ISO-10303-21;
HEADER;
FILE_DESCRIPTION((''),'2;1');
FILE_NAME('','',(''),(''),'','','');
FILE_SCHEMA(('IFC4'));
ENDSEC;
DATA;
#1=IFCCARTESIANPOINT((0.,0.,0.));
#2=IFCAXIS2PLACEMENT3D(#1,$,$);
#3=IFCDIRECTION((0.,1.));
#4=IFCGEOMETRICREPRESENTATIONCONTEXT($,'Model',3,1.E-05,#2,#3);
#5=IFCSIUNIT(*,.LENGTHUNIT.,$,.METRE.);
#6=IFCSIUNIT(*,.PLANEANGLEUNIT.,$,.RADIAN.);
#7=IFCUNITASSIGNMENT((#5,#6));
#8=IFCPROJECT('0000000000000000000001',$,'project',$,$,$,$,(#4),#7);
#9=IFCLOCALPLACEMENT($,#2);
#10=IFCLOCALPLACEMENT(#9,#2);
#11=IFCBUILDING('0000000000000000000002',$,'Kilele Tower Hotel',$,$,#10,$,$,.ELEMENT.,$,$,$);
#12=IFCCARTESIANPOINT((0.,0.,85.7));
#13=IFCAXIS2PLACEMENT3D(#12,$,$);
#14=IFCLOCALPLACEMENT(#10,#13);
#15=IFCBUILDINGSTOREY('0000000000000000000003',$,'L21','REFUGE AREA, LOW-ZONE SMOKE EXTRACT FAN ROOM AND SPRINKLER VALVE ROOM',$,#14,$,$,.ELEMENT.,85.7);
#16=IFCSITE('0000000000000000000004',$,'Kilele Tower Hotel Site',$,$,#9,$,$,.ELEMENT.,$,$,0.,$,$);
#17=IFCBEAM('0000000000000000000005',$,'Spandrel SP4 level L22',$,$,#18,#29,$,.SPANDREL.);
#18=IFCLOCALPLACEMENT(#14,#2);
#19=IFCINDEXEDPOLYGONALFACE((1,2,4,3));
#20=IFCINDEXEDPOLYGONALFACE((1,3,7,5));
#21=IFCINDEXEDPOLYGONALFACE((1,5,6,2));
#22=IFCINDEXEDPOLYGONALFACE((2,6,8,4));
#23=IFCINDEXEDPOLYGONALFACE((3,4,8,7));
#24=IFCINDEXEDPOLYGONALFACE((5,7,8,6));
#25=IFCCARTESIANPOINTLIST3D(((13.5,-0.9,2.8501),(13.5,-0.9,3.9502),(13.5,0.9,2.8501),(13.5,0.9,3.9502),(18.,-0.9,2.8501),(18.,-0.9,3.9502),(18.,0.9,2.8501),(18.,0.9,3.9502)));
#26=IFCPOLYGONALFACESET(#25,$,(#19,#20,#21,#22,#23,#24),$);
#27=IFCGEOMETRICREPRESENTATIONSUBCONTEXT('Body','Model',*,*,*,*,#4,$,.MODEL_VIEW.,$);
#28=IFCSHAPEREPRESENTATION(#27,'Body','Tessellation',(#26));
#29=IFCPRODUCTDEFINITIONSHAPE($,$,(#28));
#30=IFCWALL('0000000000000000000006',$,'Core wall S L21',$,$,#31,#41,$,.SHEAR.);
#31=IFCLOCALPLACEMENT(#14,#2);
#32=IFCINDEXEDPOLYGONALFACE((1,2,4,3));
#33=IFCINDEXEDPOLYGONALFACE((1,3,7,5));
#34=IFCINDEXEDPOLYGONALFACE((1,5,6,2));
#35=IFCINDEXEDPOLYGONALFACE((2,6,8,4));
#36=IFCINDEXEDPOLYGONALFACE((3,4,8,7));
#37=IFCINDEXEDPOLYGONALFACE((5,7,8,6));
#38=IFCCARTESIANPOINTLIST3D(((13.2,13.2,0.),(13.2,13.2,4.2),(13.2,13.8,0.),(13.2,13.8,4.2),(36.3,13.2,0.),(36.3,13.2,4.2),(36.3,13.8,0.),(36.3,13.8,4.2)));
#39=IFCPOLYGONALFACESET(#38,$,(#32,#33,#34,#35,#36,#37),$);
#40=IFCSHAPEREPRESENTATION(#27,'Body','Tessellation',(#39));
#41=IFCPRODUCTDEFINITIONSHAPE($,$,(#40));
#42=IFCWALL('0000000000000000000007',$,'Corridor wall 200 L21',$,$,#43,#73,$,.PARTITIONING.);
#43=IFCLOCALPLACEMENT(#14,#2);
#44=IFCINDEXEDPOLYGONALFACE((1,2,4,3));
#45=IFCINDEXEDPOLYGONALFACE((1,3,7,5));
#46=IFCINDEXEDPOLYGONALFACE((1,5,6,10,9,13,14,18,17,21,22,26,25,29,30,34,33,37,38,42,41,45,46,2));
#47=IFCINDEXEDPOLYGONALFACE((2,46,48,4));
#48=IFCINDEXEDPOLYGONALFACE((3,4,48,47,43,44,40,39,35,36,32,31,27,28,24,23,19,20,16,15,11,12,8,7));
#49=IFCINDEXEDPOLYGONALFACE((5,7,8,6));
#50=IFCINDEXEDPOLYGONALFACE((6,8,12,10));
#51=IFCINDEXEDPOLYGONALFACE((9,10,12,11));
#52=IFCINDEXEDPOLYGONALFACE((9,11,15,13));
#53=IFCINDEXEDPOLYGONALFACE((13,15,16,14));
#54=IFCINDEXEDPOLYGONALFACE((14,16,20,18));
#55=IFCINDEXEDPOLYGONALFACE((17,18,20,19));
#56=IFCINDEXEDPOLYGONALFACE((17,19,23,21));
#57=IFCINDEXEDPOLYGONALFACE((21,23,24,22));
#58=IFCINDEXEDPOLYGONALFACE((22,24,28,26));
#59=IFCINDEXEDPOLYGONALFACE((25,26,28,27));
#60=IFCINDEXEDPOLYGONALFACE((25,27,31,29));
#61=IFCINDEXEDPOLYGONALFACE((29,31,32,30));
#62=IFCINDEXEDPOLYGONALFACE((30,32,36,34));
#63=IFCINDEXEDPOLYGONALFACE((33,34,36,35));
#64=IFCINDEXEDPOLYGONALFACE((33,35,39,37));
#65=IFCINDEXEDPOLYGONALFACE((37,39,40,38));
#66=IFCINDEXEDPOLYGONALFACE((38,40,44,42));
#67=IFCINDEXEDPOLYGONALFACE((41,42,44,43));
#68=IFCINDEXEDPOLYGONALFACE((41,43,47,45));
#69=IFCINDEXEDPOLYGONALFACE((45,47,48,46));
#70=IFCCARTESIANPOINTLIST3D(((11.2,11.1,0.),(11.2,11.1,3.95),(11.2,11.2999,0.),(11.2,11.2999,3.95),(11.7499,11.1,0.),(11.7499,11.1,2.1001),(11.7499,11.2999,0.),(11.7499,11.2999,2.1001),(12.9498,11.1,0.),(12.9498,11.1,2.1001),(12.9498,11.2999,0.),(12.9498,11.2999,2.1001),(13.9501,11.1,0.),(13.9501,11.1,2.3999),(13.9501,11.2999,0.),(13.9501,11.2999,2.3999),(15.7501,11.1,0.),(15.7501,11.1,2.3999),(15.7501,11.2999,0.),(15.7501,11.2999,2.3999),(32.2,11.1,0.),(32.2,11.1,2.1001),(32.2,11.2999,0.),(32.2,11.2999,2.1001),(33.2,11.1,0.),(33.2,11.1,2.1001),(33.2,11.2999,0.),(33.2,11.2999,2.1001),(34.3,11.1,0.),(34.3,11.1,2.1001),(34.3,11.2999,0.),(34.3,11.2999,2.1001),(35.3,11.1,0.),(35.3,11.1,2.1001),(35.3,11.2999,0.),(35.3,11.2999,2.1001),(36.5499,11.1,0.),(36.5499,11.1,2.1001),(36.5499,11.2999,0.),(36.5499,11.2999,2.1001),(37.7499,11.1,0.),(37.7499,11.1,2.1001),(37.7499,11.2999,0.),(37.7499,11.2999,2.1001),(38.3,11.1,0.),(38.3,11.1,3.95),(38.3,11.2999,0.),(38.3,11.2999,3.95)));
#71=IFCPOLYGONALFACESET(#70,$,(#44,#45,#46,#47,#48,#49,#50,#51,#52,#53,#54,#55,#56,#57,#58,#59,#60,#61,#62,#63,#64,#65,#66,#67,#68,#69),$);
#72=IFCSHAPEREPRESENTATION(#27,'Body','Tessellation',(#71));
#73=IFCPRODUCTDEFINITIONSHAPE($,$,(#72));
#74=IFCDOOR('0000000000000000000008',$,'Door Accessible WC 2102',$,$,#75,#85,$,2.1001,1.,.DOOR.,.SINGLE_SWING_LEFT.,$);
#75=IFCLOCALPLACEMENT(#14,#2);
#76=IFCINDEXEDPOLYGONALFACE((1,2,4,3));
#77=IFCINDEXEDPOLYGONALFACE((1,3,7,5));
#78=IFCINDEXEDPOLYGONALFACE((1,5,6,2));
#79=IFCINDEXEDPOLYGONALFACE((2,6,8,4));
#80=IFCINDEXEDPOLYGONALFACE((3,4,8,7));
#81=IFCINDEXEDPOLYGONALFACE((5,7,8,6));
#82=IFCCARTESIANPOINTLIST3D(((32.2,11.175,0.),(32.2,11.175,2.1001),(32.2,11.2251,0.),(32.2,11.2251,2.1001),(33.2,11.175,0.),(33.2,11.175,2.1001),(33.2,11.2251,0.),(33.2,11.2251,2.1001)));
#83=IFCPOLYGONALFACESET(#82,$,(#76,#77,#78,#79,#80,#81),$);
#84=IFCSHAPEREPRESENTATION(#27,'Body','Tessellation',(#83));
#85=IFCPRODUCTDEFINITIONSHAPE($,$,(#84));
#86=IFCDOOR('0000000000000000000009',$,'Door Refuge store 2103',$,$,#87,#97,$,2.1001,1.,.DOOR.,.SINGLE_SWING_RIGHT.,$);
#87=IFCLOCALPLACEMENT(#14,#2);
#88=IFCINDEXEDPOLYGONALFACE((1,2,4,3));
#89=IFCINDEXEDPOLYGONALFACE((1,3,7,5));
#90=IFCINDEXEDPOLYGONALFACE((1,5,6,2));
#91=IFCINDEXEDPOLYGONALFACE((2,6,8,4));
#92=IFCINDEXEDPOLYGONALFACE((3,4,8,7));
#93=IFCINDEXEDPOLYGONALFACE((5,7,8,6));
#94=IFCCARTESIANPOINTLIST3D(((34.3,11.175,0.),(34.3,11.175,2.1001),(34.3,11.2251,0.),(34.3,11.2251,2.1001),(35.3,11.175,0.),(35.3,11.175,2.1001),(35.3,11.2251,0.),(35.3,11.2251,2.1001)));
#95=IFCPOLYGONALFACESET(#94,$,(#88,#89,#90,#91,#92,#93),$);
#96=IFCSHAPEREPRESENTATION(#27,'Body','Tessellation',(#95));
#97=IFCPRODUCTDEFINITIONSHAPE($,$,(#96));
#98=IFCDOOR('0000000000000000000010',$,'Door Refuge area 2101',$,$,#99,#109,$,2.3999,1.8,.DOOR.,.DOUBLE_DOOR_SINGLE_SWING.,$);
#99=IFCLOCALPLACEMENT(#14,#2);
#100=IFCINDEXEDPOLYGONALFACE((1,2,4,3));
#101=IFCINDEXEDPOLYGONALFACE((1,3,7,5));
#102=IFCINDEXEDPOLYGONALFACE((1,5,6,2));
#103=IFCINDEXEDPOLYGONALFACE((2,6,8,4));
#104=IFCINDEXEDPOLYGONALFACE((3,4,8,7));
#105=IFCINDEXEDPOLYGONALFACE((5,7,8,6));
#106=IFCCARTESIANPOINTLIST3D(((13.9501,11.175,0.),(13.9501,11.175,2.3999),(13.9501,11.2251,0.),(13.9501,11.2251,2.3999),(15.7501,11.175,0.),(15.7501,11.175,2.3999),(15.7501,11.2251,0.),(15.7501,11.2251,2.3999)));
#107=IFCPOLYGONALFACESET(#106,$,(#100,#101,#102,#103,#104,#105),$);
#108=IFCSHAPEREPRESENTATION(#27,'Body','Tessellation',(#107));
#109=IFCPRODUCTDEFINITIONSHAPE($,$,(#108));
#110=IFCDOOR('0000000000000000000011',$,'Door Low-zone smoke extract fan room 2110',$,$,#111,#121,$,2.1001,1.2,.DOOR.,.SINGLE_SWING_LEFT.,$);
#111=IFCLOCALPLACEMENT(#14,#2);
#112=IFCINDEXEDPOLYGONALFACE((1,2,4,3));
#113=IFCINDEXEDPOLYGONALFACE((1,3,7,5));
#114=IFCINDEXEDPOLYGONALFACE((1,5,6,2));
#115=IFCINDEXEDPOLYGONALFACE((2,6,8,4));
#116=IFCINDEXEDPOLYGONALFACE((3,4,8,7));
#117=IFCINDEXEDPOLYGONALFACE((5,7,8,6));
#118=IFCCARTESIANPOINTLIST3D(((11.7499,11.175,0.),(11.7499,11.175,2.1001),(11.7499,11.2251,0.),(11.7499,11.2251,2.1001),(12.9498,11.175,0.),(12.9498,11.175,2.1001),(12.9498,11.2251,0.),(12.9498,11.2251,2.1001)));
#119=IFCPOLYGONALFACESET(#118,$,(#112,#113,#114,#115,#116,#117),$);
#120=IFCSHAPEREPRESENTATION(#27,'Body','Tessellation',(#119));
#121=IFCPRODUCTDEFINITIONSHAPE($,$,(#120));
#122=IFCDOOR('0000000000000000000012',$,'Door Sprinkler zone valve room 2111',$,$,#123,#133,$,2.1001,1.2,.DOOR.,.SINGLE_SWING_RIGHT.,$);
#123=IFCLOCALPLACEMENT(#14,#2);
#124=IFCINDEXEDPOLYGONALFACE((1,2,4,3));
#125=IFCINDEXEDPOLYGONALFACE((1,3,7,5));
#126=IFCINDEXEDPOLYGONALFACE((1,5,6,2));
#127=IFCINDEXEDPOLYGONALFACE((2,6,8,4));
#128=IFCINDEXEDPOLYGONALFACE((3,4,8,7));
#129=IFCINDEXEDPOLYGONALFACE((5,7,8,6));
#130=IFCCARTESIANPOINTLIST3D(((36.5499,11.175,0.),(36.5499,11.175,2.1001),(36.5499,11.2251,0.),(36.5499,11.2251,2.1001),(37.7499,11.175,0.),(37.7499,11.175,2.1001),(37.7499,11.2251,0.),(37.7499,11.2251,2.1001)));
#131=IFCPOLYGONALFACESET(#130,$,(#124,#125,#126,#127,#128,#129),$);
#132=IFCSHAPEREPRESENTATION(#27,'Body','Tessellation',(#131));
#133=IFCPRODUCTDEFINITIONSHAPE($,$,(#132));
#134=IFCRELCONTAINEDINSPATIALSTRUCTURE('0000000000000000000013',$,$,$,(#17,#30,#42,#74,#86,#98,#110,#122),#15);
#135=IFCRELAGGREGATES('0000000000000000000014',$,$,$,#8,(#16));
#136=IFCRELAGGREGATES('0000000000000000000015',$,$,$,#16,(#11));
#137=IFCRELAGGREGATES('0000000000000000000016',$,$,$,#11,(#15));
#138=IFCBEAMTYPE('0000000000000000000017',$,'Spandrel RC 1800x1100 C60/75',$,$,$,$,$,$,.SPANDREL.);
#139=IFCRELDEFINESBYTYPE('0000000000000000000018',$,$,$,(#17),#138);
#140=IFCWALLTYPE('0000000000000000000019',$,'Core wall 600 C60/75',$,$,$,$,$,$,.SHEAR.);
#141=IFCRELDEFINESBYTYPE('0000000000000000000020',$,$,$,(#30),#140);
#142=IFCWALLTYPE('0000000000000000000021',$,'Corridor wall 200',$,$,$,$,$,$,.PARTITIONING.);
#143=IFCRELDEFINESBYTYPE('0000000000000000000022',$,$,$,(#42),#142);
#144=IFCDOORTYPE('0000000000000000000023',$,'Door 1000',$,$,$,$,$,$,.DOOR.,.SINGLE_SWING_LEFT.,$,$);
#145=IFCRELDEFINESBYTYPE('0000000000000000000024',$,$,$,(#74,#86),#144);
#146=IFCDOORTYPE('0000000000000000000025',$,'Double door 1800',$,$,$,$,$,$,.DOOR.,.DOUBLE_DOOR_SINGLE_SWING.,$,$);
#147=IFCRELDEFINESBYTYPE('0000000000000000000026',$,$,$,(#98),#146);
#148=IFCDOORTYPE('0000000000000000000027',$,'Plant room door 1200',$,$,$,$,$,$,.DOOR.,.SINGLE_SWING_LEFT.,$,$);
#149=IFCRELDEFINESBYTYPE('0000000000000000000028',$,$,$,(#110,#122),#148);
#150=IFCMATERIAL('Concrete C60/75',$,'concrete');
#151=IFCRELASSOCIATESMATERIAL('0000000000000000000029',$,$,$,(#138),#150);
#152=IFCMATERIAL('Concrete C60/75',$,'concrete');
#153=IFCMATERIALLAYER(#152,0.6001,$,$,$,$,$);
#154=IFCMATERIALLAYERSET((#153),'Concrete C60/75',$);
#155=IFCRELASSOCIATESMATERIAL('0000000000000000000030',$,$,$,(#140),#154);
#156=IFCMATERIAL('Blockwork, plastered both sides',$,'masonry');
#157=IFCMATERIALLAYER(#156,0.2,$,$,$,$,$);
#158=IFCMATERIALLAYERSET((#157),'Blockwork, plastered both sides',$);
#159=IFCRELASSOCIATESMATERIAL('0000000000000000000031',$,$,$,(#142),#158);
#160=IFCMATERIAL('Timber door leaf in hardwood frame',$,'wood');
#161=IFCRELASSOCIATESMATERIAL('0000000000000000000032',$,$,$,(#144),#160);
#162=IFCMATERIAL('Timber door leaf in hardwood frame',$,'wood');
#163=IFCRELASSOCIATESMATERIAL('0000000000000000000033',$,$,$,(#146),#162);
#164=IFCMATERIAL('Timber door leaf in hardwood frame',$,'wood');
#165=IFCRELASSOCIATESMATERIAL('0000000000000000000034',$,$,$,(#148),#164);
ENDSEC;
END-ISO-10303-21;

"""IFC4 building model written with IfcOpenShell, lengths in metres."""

from ifc_helpers import new_model, si_unit, direction, frame, frame_2d, origin, origin_2d, place, context, subcontext, project, spatial, rectangle, extrude, material, layer, layer_set, material_profile, profile_set, type_object, element, fill, save


model = new_model("IFC4")

# Units and contexts
model_context = context("Model", 3, precision=1e-05, world=origin(), true_north=direction((0.0, 1.0)))
body_context = subcontext(model_context, "Body", "Model", "MODEL_VIEW")
ifc_project = project(units=[si_unit("LENGTHUNIT", "METRE"), si_unit("PLANEANGLEUNIT", "RADIAN")], contexts=[model_context])

# Site, building, storey
site_placement = place(None, origin())
site = spatial("IfcSite", under=ifc_project, at=site_placement, Name="Kilele Tower Hotel Site", CompositionType="ELEMENT", RefElevation=0.0)
building_placement = place(site_placement, origin())
building = spatial("IfcBuilding", under=site, at=building_placement, Name="Kilele Tower Hotel", CompositionType="ELEMENT")
storey_placement = place(building_placement, frame((0.0, 0.0, 85.7)))
storey = spatial("IfcBuildingStorey", under=building, at=storey_placement, Name="L21", Description="REFUGE AREA, LOW-ZONE SMOKE EXTRACT FAN ROOM AND SPRINKLER VALVE ROOM", CompositionType="ELEMENT", Elevation=85.7)

# Beam
ifc_material_1 = material(Name="Concrete C60/75", Category="concrete")
ifc_material_profile_1 = material_profile(ifc_material_1, rectangle(XDim=1.8, YDim=1.1001, at=origin_2d()))
ifc_profile_set_1 = profile_set([ifc_material_profile_1], Name="Concrete C60/75")
beam_type_1 = type_object("IfcBeamType", Name="Spandrel RC 1800x1100 C60/75", PredefinedType="SPANDREL", material=ifc_profile_set_1)
for number, where, z_axis, x_axis, name in (
    (1, (13.5, 0.0, 3.4001), (1.0, 0.0, 0.0), (0.0, 1.0, 0.0), "Spandrel SP4 level L22"),
):
    element("IfcBeam", number, at=place(storey_placement, frame(where, z_axis=z_axis, x_axis=x_axis)), inside=storey, type_object=beam_type_1, Name=name, PredefinedType="SPANDREL", context=body_context, shape_type="SweptSolid", body=[
        extrude(rectangle(XDim=1.8, YDim=1.1001, at=origin_2d()), origin(), (0.0, 0.0, 1.0), 4.5),
    ])

# Wall
ifc_material_2 = material(Name="Concrete C60/75", Category="concrete")
ifc_layer_1 = layer(ifc_material_2, 0.6001)
ifc_layer_set_1 = layer_set([ifc_layer_1], Name="Concrete C60/75")
wall_type_1 = type_object("IfcWallType", Name="Core wall 600 C60/75", PredefinedType="SHEAR", material=ifc_layer_set_1)
wall_1_placement = place(storey_placement, frame((13.2, 13.5, 0.0), z_axis=(0.0, 0.0, 1.0), x_axis=(1.0, 0.0, 0.0)))
element("IfcWall", 2, at=wall_1_placement, inside=storey, type_object=wall_type_1, Name="Core wall S L21", PredefinedType="SHEAR", context=body_context, shape_type="SweptSolid", body=[
    extrude(rectangle(XDim=23.1001, YDim=0.6001, at=frame_2d((11.55, 0.0))), origin(), (0.0, 0.0, 1.0), 4.2),
])

# Wall, openings, doors
ifc_material_3 = material(Name="Blockwork, plastered both sides", Category="masonry")
ifc_layer_2 = layer(ifc_material_3, 0.2)
ifc_layer_set_2 = layer_set([ifc_layer_2], Name="Blockwork, plastered both sides")
wall_type_2 = type_object("IfcWallType", Name="Corridor wall 200", PredefinedType="PARTITIONING", material=ifc_layer_set_2)
wall_2_placement = place(storey_placement, frame((11.2, 11.2, 0.0), z_axis=(0.0, 0.0, 1.0), x_axis=(1.0, 0.0, 0.0)))
wall_2 = element("IfcWall", 3, at=wall_2_placement, inside=storey, type_object=wall_type_2, Name="Corridor wall 200 L21", PredefinedType="PARTITIONING", context=body_context, shape_type="SweptSolid", body=[
    extrude(rectangle(XDim=27.1001, YDim=0.2, at=frame_2d((13.55, 0.0))), origin(), (0.0, 0.0, 1.0), 3.95),
])
opening_1_placement = place(wall_2_placement, frame((4.55, 0.0, 0.0), z_axis=(0.0, 0.0, 1.0), x_axis=(-1.0, 0.0, 0.0)))
opening_1 = element("IfcOpeningElement", 4, at=opening_1_placement, cuts=wall_2, PredefinedType="OPENING", context=body_context, shape_type="SweptSolid", body=[
    extrude(rectangle(XDim=1.8, YDim=2.3999, at=frame_2d((0.8999, 1.2))), frame((0.0, 0.1099, 0.0), z_axis=(0.0, -1.0, 0.0), x_axis=(1.0, 0.0, 0.0)), (0.0, 0.0, 1.0), 0.22),
])
opening_2_placement = place(wall_2_placement, frame((22.0, 0.0, 0.0), z_axis=(0.0, 0.0, 1.0), x_axis=(-1.0, 0.0, 0.0)))
opening_2 = element("IfcOpeningElement", 5, at=opening_2_placement, cuts=wall_2, PredefinedType="OPENING", context=body_context, shape_type="SweptSolid", body=[
    extrude(rectangle(XDim=1.0, YDim=2.1001, at=frame_2d((0.5, 1.05))), frame((0.0, 0.1099, 0.0), z_axis=(0.0, -1.0, 0.0), x_axis=(1.0, 0.0, 0.0)), (0.0, 0.0, 1.0), 0.22),
])
opening_3_placement = place(wall_2_placement, frame((24.1001, 0.0, 0.0), z_axis=(0.0, 0.0, 1.0), x_axis=(-1.0, 0.0, 0.0)))
opening_3 = element("IfcOpeningElement", 6, at=opening_3_placement, cuts=wall_2, PredefinedType="OPENING", context=body_context, shape_type="SweptSolid", body=[
    extrude(rectangle(XDim=1.0, YDim=2.1001, at=frame_2d((0.5, 1.05))), frame((0.0, 0.1099, 0.0), z_axis=(0.0, -1.0, 0.0), x_axis=(1.0, 0.0, 0.0)), (0.0, 0.0, 1.0), 0.22),
])
opening_4_placement = place(wall_2_placement, frame((1.75, 0.0, 0.0), z_axis=(0.0, 0.0, 1.0), x_axis=(-1.0, 0.0, 0.0)))
opening_4 = element("IfcOpeningElement", 7, at=opening_4_placement, cuts=wall_2, PredefinedType="OPENING", context=body_context, shape_type="SweptSolid", body=[
    extrude(rectangle(XDim=1.2, YDim=2.1001, at=frame_2d((0.6001, 1.05))), frame((0.0, 0.1099, 0.0), z_axis=(0.0, -1.0, 0.0), x_axis=(1.0, 0.0, 0.0)), (0.0, 0.0, 1.0), 0.22),
])
opening_5_placement = place(wall_2_placement, frame((26.55, 0.0, 0.0), z_axis=(0.0, 0.0, 1.0), x_axis=(-1.0, 0.0, 0.0)))
opening_5 = element("IfcOpeningElement", 8, at=opening_5_placement, cuts=wall_2, PredefinedType="OPENING", context=body_context, shape_type="SweptSolid", body=[
    extrude(rectangle(XDim=1.2, YDim=2.1001, at=frame_2d((0.6001, 1.05))), frame((0.0, 0.1099, 0.0), z_axis=(0.0, -1.0, 0.0), x_axis=(1.0, 0.0, 0.0)), (0.0, 0.0, 1.0), 0.22),
])
ifc_material_4 = material(Name="Timber door leaf in hardwood frame", Category="wood")
door_type_1 = type_object("IfcDoorType", Name="Door 1000", OperationType="SINGLE_SWING_LEFT", PredefinedType="DOOR", material=ifc_material_4)
door_1_placement = place(opening_2_placement, origin())
door_1 = element("IfcDoor", 9, at=door_1_placement, inside=storey, type_object=door_type_1, Name="Door Accessible WC 2102", OperationType="SINGLE_SWING_LEFT", OverallHeight=2.1001, OverallWidth=1.0, PredefinedType="DOOR", context=body_context, shape_type="SweptSolid", body=[
    extrude(rectangle(XDim=1.0, YDim=2.1001, at=frame_2d((0.5, 1.05))), frame((0.0, 0.0249, 0.0), z_axis=(0.0, -1.0, 0.0), x_axis=(1.0, 0.0, 0.0)), (0.0, 0.0, 1.0), 0.05),
])
fill(opening_2, door_1)
door_2_placement = place(opening_3_placement, origin())
door_2 = element("IfcDoor", 10, at=door_2_placement, inside=storey, type_object=door_type_1, Name="Door Refuge store 2103", OperationType="SINGLE_SWING_RIGHT", OverallHeight=2.1001, OverallWidth=1.0, PredefinedType="DOOR", context=body_context, shape_type="SweptSolid", body=[
    extrude(rectangle(XDim=1.0, YDim=2.1001, at=frame_2d((0.5, 1.05))), frame((0.0, 0.0249, 0.0), z_axis=(0.0, -1.0, 0.0), x_axis=(1.0, 0.0, 0.0)), (0.0, 0.0, 1.0), 0.05),
])
fill(opening_3, door_2)
ifc_material_5 = material(Name="Timber door leaf in hardwood frame", Category="wood")
door_type_2 = type_object("IfcDoorType", Name="Double door 1800", OperationType="DOUBLE_DOOR_SINGLE_SWING", PredefinedType="DOOR", material=ifc_material_5)
door_3_placement = place(opening_1_placement, origin())
door_3 = element("IfcDoor", 11, at=door_3_placement, inside=storey, type_object=door_type_2, Name="Door Refuge area 2101", OperationType="DOUBLE_DOOR_SINGLE_SWING", OverallHeight=2.3999, OverallWidth=1.8, PredefinedType="DOOR", context=body_context, shape_type="SweptSolid", body=[
    extrude(rectangle(XDim=1.8, YDim=2.3999, at=frame_2d((0.8999, 1.2))), frame((0.0, 0.0249, 0.0), z_axis=(0.0, -1.0, 0.0), x_axis=(1.0, 0.0, 0.0)), (0.0, 0.0, 1.0), 0.05),
])
fill(opening_1, door_3)
ifc_material_6 = material(Name="Timber door leaf in hardwood frame", Category="wood")
door_type_3 = type_object("IfcDoorType", Name="Plant room door 1200", OperationType="SINGLE_SWING_LEFT", PredefinedType="DOOR", material=ifc_material_6)
door_4_placement = place(opening_4_placement, origin())
door_4 = element("IfcDoor", 12, at=door_4_placement, inside=storey, type_object=door_type_3, Name="Door Low-zone smoke extract fan room 2110", OperationType="SINGLE_SWING_LEFT", OverallHeight=2.1001, OverallWidth=1.2, PredefinedType="DOOR", context=body_context, shape_type="SweptSolid", body=[
    extrude(rectangle(XDim=1.2, YDim=2.1001, at=frame_2d((0.6001, 1.05))), frame((0.0, 0.0249, 0.0), z_axis=(0.0, -1.0, 0.0), x_axis=(1.0, 0.0, 0.0)), (0.0, 0.0, 1.0), 0.05),
])
fill(opening_4, door_4)
door_5_placement = place(opening_5_placement, origin())
door_5 = element("IfcDoor", 13, at=door_5_placement, inside=storey, type_object=door_type_3, Name="Door Sprinkler zone valve room 2111", OperationType="SINGLE_SWING_RIGHT", OverallHeight=2.1001, OverallWidth=1.2, PredefinedType="DOOR", context=body_context, shape_type="SweptSolid", body=[
    extrude(rectangle(XDim=1.2, YDim=2.1001, at=frame_2d((0.6001, 1.05))), frame((0.0, 0.0249, 0.0), z_axis=(0.0, -1.0, 0.0), x_axis=(1.0, 0.0, 0.0)), (0.0, 0.0, 1.0), 0.05),
])
fill(opening_5, door_5)

save(model, "model.ifc")
